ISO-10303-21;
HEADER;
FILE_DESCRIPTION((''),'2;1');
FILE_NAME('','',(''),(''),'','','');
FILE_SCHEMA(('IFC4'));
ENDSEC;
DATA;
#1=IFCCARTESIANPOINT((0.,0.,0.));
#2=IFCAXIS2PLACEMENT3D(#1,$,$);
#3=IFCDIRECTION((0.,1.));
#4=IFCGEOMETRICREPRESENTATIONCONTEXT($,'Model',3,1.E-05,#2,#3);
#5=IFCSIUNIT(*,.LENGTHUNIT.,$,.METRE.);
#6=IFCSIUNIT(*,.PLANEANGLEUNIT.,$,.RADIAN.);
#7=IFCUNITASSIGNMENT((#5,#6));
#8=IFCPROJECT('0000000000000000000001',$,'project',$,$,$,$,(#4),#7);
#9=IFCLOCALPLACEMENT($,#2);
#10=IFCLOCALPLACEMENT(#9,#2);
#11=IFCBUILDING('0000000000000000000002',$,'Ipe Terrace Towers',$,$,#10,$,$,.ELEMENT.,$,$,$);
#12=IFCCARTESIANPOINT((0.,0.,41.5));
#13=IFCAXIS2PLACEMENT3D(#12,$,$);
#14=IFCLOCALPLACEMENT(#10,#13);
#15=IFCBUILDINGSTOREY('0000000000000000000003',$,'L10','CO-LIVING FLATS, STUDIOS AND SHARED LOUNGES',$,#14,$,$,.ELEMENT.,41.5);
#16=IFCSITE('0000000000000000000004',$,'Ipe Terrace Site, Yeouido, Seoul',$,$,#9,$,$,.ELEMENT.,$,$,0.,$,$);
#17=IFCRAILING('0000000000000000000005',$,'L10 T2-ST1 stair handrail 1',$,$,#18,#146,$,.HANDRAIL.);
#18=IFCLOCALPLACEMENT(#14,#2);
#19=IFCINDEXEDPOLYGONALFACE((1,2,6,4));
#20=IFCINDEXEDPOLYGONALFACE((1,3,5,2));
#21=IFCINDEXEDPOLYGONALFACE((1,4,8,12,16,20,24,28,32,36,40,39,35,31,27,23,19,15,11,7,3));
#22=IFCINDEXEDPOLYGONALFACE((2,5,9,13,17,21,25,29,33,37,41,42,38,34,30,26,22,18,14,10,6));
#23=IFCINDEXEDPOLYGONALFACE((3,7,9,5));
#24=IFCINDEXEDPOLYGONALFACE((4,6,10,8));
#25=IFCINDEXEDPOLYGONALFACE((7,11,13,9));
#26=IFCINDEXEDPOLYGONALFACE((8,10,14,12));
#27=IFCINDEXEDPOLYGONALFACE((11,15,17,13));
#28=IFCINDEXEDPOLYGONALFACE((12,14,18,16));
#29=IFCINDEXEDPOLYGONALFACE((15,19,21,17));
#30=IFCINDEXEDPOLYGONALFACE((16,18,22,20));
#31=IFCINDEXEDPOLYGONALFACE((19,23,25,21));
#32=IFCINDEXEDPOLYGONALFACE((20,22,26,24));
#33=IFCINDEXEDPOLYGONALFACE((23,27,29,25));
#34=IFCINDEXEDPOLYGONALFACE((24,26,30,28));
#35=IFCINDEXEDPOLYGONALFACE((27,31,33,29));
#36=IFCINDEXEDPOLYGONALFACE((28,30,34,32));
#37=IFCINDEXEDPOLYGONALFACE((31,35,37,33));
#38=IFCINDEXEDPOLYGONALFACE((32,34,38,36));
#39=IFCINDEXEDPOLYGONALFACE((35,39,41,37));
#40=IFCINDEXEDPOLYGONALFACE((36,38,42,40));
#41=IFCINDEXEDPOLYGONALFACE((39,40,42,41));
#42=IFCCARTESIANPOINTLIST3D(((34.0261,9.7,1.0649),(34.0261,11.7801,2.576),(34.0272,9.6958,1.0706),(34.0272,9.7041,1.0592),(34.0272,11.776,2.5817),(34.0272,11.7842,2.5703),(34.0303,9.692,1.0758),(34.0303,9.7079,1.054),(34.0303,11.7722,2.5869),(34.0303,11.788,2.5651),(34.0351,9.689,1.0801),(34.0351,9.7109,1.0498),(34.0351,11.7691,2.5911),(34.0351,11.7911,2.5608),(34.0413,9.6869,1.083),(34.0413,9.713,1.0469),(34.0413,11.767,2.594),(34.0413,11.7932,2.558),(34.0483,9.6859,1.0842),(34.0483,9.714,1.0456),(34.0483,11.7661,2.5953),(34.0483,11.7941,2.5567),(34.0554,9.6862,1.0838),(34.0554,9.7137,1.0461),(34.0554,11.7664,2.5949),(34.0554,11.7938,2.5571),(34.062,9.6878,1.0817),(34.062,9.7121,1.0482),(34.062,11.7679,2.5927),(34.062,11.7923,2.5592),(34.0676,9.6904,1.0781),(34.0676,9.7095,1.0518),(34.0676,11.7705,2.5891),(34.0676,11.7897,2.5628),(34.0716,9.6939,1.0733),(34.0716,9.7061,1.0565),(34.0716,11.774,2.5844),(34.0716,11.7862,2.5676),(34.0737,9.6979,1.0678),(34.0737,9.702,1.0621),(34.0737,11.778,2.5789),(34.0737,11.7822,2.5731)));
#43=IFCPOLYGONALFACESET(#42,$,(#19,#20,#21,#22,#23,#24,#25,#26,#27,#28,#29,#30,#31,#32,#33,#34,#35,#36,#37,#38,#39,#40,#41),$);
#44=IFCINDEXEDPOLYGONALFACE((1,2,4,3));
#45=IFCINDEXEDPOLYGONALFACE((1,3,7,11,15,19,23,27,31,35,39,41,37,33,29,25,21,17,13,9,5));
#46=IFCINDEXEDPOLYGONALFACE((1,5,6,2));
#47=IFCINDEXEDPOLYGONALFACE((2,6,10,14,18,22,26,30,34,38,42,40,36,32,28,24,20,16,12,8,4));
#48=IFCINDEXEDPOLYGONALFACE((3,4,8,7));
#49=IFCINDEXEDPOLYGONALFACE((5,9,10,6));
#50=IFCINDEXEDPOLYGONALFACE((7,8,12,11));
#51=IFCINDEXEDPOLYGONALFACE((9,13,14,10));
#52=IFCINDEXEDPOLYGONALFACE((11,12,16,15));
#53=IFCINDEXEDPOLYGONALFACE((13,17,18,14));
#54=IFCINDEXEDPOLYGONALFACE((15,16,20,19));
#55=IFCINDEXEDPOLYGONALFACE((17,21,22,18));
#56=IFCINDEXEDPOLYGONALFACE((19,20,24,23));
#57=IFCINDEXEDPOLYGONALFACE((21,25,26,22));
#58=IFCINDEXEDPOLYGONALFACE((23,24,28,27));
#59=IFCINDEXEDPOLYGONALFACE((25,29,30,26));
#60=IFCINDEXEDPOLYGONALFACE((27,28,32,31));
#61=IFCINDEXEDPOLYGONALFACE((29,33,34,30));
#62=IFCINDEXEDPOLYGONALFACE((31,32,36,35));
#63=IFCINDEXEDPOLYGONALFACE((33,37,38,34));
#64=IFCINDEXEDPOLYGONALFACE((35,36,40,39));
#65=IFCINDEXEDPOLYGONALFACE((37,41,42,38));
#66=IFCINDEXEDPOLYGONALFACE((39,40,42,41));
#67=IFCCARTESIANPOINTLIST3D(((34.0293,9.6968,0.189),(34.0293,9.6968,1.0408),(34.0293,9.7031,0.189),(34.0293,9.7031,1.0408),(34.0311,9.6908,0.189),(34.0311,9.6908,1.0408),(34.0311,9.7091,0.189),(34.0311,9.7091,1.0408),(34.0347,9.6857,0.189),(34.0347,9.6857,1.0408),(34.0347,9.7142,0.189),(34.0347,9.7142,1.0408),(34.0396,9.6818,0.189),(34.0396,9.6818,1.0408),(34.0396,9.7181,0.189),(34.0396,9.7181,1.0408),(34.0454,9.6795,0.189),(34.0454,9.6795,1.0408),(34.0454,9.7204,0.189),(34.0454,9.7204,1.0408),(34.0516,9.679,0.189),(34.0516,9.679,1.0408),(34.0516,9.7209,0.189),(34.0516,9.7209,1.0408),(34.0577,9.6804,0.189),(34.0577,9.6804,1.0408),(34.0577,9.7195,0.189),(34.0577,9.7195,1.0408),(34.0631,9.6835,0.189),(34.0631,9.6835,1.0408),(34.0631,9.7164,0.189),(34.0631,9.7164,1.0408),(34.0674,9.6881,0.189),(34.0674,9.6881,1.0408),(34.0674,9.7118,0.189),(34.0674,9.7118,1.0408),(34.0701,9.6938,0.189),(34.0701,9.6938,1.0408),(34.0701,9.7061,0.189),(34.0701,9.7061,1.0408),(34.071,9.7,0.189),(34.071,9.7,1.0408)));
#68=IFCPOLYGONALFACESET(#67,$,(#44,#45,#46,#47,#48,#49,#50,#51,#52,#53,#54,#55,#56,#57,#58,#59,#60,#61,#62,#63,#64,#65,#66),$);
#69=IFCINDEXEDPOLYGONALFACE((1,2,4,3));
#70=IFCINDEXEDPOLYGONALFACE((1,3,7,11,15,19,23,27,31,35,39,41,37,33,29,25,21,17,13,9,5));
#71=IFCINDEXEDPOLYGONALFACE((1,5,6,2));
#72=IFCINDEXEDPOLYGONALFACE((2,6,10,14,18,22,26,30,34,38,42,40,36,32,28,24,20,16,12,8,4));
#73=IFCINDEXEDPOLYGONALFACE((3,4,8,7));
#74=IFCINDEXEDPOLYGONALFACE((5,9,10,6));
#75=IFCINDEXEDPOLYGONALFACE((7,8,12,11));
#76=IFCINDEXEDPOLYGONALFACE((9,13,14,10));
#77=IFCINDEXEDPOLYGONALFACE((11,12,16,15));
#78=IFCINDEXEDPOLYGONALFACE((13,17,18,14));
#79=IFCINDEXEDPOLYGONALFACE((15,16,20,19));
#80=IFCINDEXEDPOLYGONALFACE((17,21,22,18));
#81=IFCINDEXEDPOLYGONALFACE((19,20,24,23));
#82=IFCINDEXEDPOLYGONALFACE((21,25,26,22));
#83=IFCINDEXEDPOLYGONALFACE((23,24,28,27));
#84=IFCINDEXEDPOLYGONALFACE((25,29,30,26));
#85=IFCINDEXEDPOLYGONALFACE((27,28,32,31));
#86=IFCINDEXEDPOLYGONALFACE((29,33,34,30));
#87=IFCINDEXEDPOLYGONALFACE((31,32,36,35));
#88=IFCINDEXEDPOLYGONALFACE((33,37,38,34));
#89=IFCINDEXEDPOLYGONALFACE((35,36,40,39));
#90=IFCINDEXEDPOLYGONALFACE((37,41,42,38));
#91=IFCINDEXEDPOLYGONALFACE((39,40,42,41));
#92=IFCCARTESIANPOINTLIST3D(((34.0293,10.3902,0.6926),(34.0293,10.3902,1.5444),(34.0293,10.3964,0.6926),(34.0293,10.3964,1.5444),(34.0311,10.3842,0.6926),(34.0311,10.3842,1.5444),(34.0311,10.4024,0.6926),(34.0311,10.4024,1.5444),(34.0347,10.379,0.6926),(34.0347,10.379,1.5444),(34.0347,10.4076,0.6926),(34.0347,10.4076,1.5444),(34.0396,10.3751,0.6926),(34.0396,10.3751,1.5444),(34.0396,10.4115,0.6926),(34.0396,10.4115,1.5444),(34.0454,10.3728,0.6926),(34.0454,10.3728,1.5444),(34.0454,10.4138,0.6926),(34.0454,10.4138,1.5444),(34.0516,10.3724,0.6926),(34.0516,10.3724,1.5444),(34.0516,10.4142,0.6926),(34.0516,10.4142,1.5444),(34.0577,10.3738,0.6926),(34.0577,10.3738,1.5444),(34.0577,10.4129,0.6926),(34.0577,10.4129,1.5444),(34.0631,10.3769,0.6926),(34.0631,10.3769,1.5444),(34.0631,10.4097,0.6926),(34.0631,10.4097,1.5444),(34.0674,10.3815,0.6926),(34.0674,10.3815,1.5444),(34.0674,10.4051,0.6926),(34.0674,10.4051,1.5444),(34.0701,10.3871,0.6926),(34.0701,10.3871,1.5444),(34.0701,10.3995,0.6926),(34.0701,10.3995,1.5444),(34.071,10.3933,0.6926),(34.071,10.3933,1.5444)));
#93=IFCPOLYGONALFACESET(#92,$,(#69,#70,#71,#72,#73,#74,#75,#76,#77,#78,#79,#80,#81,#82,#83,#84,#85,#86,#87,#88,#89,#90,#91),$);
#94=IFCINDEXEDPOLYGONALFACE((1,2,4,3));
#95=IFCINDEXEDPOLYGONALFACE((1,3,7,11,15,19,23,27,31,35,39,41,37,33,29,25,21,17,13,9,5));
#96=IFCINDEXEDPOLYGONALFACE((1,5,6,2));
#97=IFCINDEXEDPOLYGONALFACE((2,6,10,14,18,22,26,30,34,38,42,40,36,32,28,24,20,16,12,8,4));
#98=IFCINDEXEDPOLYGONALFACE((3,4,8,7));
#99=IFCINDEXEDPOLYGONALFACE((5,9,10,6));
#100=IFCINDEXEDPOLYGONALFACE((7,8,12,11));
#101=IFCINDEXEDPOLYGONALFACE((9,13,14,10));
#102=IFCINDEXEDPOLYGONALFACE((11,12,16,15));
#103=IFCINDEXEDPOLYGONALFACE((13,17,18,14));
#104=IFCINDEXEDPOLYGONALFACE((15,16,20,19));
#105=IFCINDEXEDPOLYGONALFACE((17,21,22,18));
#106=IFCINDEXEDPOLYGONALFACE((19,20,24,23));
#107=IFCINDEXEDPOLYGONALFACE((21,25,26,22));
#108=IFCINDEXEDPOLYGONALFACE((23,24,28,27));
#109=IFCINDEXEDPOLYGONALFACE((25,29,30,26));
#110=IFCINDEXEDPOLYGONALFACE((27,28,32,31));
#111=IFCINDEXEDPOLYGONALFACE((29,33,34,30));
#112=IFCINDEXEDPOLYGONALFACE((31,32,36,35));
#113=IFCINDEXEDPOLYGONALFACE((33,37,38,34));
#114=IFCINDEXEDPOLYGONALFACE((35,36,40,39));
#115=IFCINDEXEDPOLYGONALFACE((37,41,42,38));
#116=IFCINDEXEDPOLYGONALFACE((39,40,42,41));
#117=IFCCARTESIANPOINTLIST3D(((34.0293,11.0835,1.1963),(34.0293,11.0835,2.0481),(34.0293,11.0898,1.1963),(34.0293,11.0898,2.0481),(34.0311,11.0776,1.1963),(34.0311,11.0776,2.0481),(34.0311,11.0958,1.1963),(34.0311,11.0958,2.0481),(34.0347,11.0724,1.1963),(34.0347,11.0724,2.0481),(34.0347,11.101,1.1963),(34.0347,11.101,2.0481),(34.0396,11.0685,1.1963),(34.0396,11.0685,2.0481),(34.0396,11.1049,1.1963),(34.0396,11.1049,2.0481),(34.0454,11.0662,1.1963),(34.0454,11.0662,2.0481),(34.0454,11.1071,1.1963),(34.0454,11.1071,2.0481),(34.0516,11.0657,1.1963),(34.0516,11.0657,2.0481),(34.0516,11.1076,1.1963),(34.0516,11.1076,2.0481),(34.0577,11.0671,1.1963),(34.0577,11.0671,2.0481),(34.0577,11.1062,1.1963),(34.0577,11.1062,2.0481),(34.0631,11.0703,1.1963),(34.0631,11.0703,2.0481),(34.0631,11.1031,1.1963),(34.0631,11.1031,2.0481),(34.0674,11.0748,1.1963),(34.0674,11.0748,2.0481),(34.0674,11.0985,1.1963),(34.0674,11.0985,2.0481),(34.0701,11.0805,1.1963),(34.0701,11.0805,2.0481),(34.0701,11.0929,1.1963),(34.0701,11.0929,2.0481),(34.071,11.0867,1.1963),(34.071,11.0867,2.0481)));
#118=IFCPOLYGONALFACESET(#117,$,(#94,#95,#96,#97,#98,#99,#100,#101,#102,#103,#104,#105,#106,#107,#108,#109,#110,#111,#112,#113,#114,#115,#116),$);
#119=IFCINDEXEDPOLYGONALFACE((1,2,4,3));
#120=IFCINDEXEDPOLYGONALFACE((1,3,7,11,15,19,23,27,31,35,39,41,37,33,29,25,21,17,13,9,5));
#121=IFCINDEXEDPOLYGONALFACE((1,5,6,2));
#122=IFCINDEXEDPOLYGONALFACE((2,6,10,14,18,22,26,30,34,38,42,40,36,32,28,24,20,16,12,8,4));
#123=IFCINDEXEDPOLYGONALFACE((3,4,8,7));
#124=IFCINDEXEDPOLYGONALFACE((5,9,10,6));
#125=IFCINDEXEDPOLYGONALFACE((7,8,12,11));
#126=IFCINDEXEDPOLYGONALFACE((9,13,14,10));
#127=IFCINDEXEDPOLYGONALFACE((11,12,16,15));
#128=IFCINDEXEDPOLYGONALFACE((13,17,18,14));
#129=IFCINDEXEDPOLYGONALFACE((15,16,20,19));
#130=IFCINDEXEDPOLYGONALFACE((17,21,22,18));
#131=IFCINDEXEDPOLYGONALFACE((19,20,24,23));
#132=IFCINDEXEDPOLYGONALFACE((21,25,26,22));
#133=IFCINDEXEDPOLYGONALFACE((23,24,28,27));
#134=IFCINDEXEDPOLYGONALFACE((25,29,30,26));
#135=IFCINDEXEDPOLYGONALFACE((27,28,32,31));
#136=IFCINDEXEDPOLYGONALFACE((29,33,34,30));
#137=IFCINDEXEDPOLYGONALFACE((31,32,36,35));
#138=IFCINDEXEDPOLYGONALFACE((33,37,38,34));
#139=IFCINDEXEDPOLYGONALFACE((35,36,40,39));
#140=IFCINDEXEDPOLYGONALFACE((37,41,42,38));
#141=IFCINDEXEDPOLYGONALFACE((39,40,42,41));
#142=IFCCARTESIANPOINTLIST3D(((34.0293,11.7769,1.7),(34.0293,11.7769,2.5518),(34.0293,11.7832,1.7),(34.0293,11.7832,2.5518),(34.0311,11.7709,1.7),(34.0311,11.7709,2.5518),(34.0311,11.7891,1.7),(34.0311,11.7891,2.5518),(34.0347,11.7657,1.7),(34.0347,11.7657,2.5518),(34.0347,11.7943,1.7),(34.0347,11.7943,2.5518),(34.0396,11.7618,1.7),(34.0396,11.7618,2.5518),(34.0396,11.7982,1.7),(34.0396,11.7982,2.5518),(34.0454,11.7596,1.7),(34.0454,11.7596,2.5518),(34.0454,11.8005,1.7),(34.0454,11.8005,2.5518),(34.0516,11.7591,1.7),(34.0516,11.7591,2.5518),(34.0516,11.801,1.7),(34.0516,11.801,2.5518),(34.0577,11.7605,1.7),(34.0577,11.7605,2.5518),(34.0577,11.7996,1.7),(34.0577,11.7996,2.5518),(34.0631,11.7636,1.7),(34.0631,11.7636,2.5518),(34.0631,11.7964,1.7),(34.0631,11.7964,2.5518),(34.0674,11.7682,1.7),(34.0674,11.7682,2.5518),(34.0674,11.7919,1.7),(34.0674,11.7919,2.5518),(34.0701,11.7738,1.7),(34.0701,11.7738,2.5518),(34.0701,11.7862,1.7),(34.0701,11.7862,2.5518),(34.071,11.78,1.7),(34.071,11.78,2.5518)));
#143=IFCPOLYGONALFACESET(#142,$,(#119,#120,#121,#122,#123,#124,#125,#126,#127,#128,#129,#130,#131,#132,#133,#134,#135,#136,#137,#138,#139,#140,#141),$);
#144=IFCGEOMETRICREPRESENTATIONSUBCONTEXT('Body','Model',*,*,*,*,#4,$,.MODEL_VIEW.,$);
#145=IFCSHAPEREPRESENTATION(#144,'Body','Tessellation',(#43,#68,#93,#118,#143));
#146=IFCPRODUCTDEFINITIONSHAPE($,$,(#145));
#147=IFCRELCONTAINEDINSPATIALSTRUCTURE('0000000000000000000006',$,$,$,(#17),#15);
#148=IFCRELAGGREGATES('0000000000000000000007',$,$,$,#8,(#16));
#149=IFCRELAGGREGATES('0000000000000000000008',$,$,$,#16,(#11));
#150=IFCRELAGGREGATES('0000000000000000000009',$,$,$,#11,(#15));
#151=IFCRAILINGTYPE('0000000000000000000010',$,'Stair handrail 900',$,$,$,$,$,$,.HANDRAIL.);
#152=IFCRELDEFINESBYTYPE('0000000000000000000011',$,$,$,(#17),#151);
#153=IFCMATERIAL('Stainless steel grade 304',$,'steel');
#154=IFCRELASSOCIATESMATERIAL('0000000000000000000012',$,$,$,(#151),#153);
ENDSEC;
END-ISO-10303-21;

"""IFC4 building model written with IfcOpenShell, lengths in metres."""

from ifc_helpers import new_model, si_unit, direction, frame, origin, origin_2d, place, context, subcontext, project, spatial, circle, extrude, material, type_object, element, save


model = new_model("IFC4")

# Units and contexts
model_context = context("Model", 3, precision=1e-05, world=origin(), true_north=direction((0.0, 1.0)))
body_context = subcontext(model_context, "Body", "Model", "MODEL_VIEW")
ifc_project = project(units=[si_unit("LENGTHUNIT", "METRE"), si_unit("PLANEANGLEUNIT", "RADIAN")], contexts=[model_context])

# Site, building, storey
site_placement = place(None, origin())
site = spatial("IfcSite", under=ifc_project, at=site_placement, Name="Ipe Terrace Site, Yeouido, Seoul", CompositionType="ELEMENT", RefElevation=0.0)
building_placement = place(site_placement, origin())
building = spatial("IfcBuilding", under=site, at=building_placement, Name="Ipe Terrace Towers", CompositionType="ELEMENT")
storey_placement = place(building_placement, frame((0.0, 0.0, 41.5)))
storey = spatial("IfcBuildingStorey", under=building, at=storey_placement, Name="L10", Description="CO-LIVING FLATS, STUDIOS AND SHARED LOUNGES", CompositionType="ELEMENT", Elevation=41.5)

# Railing
ifc_material_1 = material(Name="Stainless steel grade 304", Category="steel")
railing_type_1 = type_object("IfcRailingType", Name="Stair handrail 900", PredefinedType="HANDRAIL", material=ifc_material_1)
railing_1_placement = place(storey_placement, frame((34.05, 9.7, 0.189)))
element("IfcRailing", 1, at=railing_1_placement, inside=storey, type_object=railing_type_1, Name="L10 T2-ST1 stair handrail 1", PredefinedType="HANDRAIL", context=body_context, shape_type="SweptSolid", body=[
    extrude(circle(Radius=0.0239, at=origin_2d()), frame((0.0, 0.0, 0.876), z_axis=(0.0, 0.809069, 0.587714), x_axis=(-1.0, 0.0, 0.0)), (0.0, 0.0, 1.0), 2.571),
    extrude(circle(Radius=0.021, at=origin_2d()), origin(), (0.0, 0.0, 1.0), 0.8518),
    extrude(circle(Radius=0.021, at=origin_2d()), frame((0.0, 0.6934, 0.5037)), (0.0, 0.0, 1.0), 0.8518),
    extrude(circle(Radius=0.021, at=origin_2d()), frame((0.0, 1.3867, 1.0073)), (0.0, 0.0, 1.0), 0.8518),
    extrude(circle(Radius=0.021, at=origin_2d()), frame((0.0, 2.0801, 1.511)), (0.0, 0.0, 1.0), 0.8518),
])

save(model, "model.ifc")
